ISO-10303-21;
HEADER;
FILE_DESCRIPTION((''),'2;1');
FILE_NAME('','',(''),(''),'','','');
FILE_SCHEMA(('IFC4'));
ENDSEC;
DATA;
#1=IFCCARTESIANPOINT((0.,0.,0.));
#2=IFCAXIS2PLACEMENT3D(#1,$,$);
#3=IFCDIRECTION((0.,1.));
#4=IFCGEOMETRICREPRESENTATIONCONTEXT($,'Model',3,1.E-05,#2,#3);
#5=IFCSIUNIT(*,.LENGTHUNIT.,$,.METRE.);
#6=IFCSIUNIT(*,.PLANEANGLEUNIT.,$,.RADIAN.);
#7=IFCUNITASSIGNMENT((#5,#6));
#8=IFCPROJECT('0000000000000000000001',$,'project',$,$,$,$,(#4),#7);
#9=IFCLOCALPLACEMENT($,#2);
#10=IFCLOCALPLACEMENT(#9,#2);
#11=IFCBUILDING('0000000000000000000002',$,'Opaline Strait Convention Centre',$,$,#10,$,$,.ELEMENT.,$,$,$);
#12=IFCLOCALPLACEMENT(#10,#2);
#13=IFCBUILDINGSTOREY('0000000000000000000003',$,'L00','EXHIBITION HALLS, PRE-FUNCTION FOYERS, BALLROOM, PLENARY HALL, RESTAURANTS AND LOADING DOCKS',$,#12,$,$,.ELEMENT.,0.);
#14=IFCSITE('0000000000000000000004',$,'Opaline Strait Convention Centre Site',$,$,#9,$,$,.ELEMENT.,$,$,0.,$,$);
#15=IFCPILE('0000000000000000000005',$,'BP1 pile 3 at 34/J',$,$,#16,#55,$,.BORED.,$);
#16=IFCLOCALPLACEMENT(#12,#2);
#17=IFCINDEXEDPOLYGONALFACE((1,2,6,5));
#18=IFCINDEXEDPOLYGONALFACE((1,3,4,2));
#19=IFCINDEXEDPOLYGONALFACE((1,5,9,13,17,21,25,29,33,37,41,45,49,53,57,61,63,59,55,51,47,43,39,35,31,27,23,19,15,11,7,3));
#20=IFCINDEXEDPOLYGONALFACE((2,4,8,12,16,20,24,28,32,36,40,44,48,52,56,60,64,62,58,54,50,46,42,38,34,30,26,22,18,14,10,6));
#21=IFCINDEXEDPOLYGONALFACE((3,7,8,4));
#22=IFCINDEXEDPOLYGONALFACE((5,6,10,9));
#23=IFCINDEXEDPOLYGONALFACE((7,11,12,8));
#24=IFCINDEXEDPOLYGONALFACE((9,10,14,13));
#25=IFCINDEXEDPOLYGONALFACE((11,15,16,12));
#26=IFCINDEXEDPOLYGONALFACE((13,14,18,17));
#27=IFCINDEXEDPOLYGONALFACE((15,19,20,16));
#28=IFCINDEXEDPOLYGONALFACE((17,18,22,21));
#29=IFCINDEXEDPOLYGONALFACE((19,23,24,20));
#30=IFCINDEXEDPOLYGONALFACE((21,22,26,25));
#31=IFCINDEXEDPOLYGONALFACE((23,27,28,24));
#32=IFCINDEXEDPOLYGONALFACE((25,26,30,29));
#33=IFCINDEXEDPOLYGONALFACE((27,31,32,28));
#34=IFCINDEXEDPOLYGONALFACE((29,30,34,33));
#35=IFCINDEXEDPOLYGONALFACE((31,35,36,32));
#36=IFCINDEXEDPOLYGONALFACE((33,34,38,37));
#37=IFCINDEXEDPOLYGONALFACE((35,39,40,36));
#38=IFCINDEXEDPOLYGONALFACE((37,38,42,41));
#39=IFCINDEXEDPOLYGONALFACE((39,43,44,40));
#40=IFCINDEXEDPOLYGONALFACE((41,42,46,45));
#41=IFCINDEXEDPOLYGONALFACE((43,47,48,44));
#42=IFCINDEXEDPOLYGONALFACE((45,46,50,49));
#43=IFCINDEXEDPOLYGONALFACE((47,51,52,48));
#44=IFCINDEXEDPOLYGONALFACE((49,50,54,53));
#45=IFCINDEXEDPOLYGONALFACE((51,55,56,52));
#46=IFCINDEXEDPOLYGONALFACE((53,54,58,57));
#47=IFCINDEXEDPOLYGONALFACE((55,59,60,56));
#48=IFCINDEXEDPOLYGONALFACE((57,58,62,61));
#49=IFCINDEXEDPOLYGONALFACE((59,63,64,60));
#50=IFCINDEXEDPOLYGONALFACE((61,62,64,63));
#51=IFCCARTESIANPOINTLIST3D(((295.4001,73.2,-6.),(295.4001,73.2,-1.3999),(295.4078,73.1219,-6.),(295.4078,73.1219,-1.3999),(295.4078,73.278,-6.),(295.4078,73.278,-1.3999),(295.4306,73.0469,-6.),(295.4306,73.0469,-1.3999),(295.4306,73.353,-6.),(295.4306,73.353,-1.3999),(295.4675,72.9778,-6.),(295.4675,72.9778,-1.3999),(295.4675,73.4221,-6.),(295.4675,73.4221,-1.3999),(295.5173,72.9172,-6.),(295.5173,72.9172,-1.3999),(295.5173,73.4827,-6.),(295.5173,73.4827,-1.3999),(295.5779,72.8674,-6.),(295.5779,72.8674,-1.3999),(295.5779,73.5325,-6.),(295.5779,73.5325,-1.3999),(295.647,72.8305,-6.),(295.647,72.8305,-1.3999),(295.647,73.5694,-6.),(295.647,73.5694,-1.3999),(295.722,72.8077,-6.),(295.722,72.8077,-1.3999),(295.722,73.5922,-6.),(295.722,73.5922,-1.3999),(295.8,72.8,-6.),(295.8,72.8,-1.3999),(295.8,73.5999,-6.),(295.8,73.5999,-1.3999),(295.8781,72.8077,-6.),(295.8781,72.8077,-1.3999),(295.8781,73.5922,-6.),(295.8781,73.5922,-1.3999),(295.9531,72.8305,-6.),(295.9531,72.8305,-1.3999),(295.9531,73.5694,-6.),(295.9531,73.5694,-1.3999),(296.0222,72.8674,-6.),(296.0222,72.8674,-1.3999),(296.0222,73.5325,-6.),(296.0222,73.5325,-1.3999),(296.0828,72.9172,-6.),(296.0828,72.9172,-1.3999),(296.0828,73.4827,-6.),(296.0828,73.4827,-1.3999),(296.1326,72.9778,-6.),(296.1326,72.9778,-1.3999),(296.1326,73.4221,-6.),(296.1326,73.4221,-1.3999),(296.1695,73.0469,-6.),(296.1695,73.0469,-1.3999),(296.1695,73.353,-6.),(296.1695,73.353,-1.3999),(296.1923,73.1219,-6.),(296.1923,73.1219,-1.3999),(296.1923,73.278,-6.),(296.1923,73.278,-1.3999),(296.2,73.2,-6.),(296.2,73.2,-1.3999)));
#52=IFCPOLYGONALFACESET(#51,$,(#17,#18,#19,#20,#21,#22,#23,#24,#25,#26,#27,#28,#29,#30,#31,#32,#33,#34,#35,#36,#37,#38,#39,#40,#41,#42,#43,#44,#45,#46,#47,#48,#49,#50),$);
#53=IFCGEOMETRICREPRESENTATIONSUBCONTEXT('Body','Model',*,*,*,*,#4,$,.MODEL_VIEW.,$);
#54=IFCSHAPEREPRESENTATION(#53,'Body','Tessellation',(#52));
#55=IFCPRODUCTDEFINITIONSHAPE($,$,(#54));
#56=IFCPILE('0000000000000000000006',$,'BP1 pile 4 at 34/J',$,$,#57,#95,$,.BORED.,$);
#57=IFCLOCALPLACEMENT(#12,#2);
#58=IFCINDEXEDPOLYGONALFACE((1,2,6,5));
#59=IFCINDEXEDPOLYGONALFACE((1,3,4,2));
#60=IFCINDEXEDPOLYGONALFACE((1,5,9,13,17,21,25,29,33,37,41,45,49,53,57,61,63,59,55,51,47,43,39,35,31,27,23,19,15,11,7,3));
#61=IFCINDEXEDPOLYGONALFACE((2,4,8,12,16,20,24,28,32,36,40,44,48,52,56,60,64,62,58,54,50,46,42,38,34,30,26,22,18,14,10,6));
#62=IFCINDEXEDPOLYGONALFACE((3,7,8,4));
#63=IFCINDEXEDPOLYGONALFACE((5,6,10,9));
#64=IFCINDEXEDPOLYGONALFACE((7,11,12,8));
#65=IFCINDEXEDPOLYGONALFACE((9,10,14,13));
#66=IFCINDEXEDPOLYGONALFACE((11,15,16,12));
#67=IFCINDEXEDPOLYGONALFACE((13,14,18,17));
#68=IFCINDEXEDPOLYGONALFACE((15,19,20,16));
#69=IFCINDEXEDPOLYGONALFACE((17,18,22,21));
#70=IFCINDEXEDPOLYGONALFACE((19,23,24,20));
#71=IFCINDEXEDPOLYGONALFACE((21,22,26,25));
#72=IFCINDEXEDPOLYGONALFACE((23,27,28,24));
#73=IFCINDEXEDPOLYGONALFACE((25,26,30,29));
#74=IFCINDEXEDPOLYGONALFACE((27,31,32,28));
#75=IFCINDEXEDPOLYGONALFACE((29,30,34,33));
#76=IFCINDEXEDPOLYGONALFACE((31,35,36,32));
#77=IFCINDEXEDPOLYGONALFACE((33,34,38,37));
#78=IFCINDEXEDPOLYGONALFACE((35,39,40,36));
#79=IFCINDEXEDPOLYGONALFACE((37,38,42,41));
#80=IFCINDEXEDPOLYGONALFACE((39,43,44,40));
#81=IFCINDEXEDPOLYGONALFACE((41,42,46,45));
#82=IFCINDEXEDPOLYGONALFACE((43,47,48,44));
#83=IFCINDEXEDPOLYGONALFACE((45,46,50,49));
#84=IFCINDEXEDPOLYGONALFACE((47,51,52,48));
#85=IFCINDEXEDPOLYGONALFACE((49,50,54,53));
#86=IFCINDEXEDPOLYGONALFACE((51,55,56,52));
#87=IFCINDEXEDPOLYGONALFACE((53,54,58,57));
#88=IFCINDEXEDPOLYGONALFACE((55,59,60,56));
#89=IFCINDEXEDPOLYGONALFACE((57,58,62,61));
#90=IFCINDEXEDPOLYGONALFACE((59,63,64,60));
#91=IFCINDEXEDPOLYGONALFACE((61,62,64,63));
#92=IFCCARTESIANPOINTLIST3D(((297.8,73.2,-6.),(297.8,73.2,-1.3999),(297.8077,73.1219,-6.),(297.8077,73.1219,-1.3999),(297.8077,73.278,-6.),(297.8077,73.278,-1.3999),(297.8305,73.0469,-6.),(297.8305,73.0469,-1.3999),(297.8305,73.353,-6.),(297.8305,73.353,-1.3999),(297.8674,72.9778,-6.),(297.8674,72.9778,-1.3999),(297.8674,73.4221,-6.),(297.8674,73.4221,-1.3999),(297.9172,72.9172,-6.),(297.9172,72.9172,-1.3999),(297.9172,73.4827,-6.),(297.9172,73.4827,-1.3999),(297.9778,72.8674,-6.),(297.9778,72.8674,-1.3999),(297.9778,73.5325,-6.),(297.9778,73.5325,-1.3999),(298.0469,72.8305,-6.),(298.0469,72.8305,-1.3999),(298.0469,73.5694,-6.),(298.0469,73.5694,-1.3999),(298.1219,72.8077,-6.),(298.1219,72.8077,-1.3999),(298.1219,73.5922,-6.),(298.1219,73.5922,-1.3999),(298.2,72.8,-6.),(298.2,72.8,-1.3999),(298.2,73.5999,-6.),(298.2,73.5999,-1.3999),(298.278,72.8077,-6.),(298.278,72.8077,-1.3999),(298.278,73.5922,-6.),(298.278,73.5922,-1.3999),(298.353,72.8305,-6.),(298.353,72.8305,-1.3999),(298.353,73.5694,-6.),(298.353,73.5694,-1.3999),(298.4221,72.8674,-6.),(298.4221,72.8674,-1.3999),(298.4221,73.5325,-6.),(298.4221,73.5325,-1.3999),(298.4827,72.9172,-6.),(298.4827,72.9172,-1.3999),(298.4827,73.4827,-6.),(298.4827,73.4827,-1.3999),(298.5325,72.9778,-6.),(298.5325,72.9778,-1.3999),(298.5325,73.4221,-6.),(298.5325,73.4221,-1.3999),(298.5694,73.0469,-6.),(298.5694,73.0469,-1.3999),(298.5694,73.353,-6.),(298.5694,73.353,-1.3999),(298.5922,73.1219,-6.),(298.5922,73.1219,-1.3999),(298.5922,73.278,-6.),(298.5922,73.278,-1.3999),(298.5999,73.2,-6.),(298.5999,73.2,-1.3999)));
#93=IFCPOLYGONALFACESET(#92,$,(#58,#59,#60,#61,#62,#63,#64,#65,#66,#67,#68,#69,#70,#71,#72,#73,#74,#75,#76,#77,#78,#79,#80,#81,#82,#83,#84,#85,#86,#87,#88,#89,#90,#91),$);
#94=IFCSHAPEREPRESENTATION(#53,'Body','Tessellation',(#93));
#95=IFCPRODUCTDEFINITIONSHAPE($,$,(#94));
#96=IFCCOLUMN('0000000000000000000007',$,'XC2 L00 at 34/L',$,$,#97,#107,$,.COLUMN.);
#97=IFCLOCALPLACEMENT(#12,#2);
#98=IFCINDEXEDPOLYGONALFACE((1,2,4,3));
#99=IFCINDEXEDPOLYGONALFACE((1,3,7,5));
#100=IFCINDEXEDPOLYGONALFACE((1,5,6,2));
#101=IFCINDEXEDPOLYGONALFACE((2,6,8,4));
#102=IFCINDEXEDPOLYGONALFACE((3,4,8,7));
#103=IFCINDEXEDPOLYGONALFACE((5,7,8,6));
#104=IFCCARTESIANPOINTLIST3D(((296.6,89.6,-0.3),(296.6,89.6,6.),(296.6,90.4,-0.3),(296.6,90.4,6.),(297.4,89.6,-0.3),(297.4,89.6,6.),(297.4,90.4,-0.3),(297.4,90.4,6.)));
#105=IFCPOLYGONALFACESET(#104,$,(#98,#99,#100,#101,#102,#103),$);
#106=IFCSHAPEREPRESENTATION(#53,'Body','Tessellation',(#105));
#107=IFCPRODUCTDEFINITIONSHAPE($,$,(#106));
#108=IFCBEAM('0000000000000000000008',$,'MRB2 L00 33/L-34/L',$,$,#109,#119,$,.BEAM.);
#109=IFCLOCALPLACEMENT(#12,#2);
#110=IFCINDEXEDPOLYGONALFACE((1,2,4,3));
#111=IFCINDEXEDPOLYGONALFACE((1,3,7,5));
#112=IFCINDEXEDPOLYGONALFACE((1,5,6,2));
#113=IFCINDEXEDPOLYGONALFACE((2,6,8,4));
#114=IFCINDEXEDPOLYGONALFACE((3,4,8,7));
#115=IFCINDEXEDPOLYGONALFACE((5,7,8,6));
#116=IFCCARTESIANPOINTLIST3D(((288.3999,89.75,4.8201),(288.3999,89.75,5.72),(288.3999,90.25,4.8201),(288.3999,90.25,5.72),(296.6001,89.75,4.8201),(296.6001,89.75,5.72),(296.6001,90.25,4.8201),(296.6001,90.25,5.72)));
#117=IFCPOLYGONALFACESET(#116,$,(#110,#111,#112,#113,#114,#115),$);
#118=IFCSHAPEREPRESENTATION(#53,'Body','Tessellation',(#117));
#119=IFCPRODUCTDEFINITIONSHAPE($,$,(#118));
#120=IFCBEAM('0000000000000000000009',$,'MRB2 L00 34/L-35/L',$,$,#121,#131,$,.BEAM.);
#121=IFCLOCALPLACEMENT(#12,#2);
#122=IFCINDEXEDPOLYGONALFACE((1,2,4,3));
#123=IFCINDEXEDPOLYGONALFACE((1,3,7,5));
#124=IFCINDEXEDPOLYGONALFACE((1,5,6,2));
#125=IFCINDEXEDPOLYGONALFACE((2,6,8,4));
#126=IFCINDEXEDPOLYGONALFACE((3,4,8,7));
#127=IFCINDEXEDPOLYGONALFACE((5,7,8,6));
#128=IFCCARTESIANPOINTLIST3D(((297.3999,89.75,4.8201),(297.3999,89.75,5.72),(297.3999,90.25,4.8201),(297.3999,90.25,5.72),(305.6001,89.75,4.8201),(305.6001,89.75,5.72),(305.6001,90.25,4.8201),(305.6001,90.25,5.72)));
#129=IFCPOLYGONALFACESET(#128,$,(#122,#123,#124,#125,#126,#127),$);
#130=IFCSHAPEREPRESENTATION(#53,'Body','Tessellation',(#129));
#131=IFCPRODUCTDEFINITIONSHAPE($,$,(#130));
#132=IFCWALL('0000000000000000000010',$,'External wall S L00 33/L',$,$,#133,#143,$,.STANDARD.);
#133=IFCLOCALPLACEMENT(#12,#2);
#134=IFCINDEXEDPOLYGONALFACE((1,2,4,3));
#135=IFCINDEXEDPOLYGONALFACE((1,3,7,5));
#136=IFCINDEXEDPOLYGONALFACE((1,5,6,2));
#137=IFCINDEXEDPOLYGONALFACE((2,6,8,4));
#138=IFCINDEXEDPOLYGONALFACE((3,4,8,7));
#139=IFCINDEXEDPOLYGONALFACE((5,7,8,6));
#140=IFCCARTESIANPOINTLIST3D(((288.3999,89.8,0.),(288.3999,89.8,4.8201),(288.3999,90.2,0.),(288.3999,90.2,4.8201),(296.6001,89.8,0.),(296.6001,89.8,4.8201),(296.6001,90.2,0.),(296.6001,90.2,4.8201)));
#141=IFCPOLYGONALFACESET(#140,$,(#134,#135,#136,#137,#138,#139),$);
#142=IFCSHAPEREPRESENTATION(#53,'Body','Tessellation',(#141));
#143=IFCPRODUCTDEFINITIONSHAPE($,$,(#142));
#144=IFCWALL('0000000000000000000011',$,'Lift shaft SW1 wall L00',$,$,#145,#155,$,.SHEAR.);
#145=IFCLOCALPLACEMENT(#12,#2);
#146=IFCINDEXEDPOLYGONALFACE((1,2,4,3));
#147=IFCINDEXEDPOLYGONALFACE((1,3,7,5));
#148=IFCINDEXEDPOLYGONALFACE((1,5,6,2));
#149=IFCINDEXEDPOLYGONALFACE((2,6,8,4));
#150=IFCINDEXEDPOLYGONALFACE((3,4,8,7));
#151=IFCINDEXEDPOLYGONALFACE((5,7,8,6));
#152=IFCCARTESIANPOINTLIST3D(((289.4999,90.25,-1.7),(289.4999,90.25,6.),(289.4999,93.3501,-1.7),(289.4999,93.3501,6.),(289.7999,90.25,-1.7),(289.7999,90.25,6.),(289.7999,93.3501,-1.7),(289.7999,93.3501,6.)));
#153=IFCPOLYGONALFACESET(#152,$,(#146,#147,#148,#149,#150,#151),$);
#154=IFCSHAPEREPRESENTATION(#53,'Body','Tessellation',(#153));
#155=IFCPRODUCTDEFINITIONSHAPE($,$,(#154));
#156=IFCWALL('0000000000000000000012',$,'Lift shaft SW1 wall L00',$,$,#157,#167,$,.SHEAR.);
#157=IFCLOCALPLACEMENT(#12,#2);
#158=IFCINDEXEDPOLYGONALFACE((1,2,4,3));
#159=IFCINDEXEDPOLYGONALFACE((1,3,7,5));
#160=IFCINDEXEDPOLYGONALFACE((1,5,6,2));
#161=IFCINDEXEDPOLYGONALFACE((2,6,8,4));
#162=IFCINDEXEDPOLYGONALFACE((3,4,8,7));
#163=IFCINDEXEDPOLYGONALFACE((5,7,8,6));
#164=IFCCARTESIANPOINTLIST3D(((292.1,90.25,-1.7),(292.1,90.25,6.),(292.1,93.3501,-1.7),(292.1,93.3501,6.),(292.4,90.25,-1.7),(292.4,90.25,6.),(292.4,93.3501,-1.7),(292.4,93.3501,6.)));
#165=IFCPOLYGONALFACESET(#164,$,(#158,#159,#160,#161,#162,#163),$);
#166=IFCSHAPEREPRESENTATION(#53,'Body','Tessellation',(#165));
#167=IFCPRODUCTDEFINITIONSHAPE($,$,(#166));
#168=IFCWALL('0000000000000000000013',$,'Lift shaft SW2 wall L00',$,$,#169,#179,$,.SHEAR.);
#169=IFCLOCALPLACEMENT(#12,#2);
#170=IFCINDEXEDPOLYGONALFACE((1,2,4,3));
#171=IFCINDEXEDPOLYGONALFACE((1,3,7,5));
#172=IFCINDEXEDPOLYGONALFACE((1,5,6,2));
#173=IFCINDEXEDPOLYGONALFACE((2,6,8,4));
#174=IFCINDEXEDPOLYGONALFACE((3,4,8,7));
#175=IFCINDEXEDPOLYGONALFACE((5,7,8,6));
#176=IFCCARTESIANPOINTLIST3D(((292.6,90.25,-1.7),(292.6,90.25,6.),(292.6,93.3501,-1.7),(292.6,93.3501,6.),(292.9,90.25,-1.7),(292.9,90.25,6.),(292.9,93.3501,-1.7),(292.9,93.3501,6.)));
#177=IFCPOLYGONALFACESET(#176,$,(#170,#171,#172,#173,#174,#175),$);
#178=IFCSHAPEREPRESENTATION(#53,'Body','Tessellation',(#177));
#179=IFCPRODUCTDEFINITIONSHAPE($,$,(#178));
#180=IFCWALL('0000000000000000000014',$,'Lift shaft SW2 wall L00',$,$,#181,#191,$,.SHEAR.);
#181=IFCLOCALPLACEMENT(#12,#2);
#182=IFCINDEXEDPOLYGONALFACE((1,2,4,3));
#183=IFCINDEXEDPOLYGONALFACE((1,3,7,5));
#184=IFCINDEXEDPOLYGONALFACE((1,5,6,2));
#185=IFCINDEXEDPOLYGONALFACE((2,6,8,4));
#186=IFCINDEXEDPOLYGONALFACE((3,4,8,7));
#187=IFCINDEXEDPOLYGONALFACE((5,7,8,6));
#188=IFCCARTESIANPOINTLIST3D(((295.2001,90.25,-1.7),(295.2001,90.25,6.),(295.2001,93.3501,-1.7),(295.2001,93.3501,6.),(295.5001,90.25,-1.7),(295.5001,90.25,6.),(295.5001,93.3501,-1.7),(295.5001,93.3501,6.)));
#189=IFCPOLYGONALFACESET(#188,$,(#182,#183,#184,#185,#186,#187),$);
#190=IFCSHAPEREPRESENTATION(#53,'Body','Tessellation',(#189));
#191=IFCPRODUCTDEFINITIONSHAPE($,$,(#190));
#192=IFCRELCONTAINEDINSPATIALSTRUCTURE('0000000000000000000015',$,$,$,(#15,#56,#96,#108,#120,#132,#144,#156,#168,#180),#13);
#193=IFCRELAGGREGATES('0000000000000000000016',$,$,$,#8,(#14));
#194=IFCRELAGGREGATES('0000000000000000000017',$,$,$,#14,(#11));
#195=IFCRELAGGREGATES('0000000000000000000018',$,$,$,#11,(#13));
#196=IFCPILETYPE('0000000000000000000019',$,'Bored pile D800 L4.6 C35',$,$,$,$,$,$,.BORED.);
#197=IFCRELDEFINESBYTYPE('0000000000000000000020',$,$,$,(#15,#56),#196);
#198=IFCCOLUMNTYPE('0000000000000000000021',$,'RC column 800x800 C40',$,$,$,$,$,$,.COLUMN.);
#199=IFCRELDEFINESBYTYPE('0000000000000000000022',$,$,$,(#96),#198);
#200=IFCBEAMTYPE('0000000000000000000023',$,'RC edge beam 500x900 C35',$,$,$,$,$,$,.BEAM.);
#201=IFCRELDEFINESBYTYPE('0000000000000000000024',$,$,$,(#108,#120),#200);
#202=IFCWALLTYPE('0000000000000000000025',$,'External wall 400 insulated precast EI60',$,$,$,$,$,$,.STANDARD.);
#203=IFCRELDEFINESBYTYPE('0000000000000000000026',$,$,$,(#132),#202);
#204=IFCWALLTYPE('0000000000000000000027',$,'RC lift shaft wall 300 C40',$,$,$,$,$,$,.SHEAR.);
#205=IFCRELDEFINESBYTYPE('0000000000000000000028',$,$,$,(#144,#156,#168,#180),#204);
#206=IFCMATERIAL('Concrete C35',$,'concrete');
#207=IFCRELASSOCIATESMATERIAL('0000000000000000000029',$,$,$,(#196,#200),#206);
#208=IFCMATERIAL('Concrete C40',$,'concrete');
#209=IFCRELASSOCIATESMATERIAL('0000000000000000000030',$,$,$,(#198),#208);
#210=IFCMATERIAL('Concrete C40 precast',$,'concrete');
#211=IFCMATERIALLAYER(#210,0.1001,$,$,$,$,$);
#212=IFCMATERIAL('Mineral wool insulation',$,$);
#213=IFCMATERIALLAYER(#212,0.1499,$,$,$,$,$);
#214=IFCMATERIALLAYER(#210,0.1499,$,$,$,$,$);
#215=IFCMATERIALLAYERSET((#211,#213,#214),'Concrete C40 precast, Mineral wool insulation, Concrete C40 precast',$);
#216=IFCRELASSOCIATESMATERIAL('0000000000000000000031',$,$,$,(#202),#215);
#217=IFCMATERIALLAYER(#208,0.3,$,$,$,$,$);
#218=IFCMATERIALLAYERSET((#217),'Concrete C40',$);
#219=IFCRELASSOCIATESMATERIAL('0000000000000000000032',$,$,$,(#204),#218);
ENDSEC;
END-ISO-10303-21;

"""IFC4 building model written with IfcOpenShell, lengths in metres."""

from ifc_helpers import new_model, si_unit, direction, frame, frame_2d, origin, origin_2d, place, context, subcontext, project, spatial, rectangle, circle, extrude, material, layer, layer_set, material_profile, profile_set, type_object, element, save


model = new_model("IFC4")

# Units and contexts
model_context = context("Model", 3, precision=1e-05, world=origin(), true_north=direction((0.0, 1.0)))
body_context = subcontext(model_context, "Body", "Model", "MODEL_VIEW")
ifc_project = project(units=[si_unit("LENGTHUNIT", "METRE"), si_unit("PLANEANGLEUNIT", "RADIAN")], contexts=[model_context])

# Site, building, storey
site_placement = place(None, origin())
site = spatial("IfcSite", under=ifc_project, at=site_placement, Name="Opaline Strait Convention Centre Site", CompositionType="ELEMENT", RefElevation=0.0)
building_placement = place(site_placement, origin())
building = spatial("IfcBuilding", under=site, at=building_placement, Name="Opaline Strait Convention Centre", CompositionType="ELEMENT")
storey_placement = place(building_placement, origin())
storey = spatial("IfcBuildingStorey", under=building, at=storey_placement, Name="L00", Description="EXHIBITION HALLS, PRE-FUNCTION FOYERS, BALLROOM, PLENARY HALL, RESTAURANTS AND LOADING DOCKS", CompositionType="ELEMENT", Elevation=0.0)

# Piles
ifc_material_1 = material(Name="Concrete C35", Category="concrete")
ifc_material_profile_1 = material_profile(ifc_material_1, circle(Radius=0.3999, at=origin_2d()), Name="D800")
ifc_profile_set_1 = profile_set([ifc_material_profile_1], Name="Concrete C35")
pile_type_1 = type_object("IfcPileType", Name="Bored pile D800 L4.6 C35", PredefinedType="BORED", material=ifc_profile_set_1)
for number, where, z_axis, x_axis, name in (
    (1, (295.8, 73.2, -1.3999), (0.0, 0.0, -1.0), (1.0, 0.0, 0.0), "BP1 pile 3 at 34/J"),
    (2, (298.2, 73.2, -1.3999), (0.0, 0.0, -1.0), (1.0, 0.0, 0.0), "BP1 pile 4 at 34/J"),
):
    element("IfcPile", number, at=place(storey_placement, frame(where, z_axis=z_axis, x_axis=x_axis)), inside=storey, type_object=pile_type_1, Name=name, PredefinedType="BORED", context=body_context, shape_type="SweptSolid", body=[
        extrude(circle(Radius=0.3999, at=origin_2d()), origin(), (0.0, 0.0, 1.0), 4.6001),
    ])

# Column
ifc_material_2 = material(Name="Concrete C40", Category="concrete")
ifc_material_profile_2 = material_profile(ifc_material_2, rectangle(XDim=0.8, YDim=0.8, at=origin_2d()), Name="RC 800x800")
ifc_profile_set_2 = profile_set([ifc_material_profile_2], Name="Concrete C40")
column_type = type_object("IfcColumnType", Name="RC column 800x800 C40", PredefinedType="COLUMN", material=ifc_profile_set_2)
column_placement = place(storey_placement, frame((297.0, 90.0, -0.3), z_axis=(0.0, 0.0, 1.0), x_axis=(1.0, 0.0, 0.0)))
element("IfcColumn", 3, at=column_placement, inside=storey, type_object=column_type, Name="XC2 L00 at 34/L", PredefinedType="COLUMN", context=body_context, shape_type="SweptSolid", body=[
    extrude(rectangle(XDim=0.8, YDim=0.8, at=origin_2d()), origin(), (0.0, 0.0, 1.0), 6.3),
])

# Beams
ifc_material_profile_3 = material_profile(ifc_material_1, rectangle(XDim=0.5, YDim=0.8999, at=origin_2d()), Name="RC 500x900")
ifc_profile_set_3 = profile_set([ifc_material_profile_3], Name="Concrete C35")
beam_type = type_object("IfcBeamType", Name="RC edge beam 500x900 C35", PredefinedType="BEAM", material=ifc_profile_set_3)
for number, where, z_axis, x_axis, name in (
    (4, (288.3999, 90.0, 5.27), (1.0, 0.0, 0.0), (0.0, 1.0, 0.0), "MRB2 L00 33/L-34/L"),
    (5, (297.3999, 90.0, 5.27), (1.0, 0.0, 0.0), (0.0, 1.0, 0.0), "MRB2 L00 34/L-35/L"),
):
    element("IfcBeam", number, at=place(storey_placement, frame(where, z_axis=z_axis, x_axis=x_axis)), inside=storey, type_object=beam_type, Name=name, PredefinedType="BEAM", context=body_context, shape_type="SweptSolid", body=[
        extrude(rectangle(XDim=0.5, YDim=0.8999, at=origin_2d()), origin(), (0.0, 0.0, 1.0), 8.2002),
    ])

# Wall
ifc_material_3 = material(Name="Concrete C40 precast", Category="concrete")
ifc_layer_1 = layer(ifc_material_3, 0.1001)
ifc_material_4 = material(Name="Mineral wool insulation")
ifc_layer_2 = layer(ifc_material_4, 0.1499)
ifc_layer_3 = layer(ifc_material_3, 0.1499)
ifc_layer_set_1 = layer_set([ifc_layer_1, ifc_layer_2, ifc_layer_3], Name="Concrete C40 precast, Mineral wool insulation, Concrete C40 precast")
wall_type_1 = type_object("IfcWallType", Name="External wall 400 insulated precast EI60", PredefinedType="STANDARD", material=ifc_layer_set_1)
wall_1_placement = place(storey_placement, frame((288.3999, 90.0, 0.0), z_axis=(0.0, 0.0, 1.0), x_axis=(1.0, 0.0, 0.0)))
element("IfcWall", 6, at=wall_1_placement, inside=storey, type_object=wall_type_1, Name="External wall S L00 33/L", PredefinedType="STANDARD", context=body_context, shape_type="SweptSolid", body=[
    extrude(rectangle(XDim=8.2002, YDim=0.3999, at=frame_2d((4.1001, 0.0))), origin(), (0.0, 0.0, 1.0), 4.8201),
])

# Walls
ifc_layer_4 = layer(ifc_material_2, 0.3)
ifc_layer_set_2 = layer_set([ifc_layer_4], Name="Concrete C40")
wall_type_2 = type_object("IfcWallType", Name="RC lift shaft wall 300 C40", PredefinedType="SHEAR", material=ifc_layer_set_2)
for number, where, z_axis, x_axis, name in (
    (7, (289.6499, 90.25, -1.7), (0.0, 0.0, 1.0), (0.0, 1.0, 0.0), "Lift shaft SW1 wall L00"),
    (8, (292.25, 90.25, -1.7), (0.0, 0.0, 1.0), (0.0, 1.0, 0.0), "Lift shaft SW1 wall L00"),
    (9, (292.75, 90.25, -1.7), (0.0, 0.0, 1.0), (0.0, 1.0, 0.0), "Lift shaft SW2 wall L00"),
    (10, (295.3501, 90.25, -1.7), (0.0, 0.0, 1.0), (0.0, 1.0, 0.0), "Lift shaft SW2 wall L00"),
):
    element("IfcWall", number, at=place(storey_placement, frame(where, z_axis=z_axis, x_axis=x_axis)), inside=storey, type_object=wall_type_2, Name=name, PredefinedType="SHEAR", context=body_context, shape_type="SweptSolid", body=[
        extrude(rectangle(XDim=3.1001, YDim=0.3, at=frame_2d((1.55, 0.0))), origin(), (0.0, 0.0, 1.0), 7.7),
    ])

save(model, "model.ifc")
